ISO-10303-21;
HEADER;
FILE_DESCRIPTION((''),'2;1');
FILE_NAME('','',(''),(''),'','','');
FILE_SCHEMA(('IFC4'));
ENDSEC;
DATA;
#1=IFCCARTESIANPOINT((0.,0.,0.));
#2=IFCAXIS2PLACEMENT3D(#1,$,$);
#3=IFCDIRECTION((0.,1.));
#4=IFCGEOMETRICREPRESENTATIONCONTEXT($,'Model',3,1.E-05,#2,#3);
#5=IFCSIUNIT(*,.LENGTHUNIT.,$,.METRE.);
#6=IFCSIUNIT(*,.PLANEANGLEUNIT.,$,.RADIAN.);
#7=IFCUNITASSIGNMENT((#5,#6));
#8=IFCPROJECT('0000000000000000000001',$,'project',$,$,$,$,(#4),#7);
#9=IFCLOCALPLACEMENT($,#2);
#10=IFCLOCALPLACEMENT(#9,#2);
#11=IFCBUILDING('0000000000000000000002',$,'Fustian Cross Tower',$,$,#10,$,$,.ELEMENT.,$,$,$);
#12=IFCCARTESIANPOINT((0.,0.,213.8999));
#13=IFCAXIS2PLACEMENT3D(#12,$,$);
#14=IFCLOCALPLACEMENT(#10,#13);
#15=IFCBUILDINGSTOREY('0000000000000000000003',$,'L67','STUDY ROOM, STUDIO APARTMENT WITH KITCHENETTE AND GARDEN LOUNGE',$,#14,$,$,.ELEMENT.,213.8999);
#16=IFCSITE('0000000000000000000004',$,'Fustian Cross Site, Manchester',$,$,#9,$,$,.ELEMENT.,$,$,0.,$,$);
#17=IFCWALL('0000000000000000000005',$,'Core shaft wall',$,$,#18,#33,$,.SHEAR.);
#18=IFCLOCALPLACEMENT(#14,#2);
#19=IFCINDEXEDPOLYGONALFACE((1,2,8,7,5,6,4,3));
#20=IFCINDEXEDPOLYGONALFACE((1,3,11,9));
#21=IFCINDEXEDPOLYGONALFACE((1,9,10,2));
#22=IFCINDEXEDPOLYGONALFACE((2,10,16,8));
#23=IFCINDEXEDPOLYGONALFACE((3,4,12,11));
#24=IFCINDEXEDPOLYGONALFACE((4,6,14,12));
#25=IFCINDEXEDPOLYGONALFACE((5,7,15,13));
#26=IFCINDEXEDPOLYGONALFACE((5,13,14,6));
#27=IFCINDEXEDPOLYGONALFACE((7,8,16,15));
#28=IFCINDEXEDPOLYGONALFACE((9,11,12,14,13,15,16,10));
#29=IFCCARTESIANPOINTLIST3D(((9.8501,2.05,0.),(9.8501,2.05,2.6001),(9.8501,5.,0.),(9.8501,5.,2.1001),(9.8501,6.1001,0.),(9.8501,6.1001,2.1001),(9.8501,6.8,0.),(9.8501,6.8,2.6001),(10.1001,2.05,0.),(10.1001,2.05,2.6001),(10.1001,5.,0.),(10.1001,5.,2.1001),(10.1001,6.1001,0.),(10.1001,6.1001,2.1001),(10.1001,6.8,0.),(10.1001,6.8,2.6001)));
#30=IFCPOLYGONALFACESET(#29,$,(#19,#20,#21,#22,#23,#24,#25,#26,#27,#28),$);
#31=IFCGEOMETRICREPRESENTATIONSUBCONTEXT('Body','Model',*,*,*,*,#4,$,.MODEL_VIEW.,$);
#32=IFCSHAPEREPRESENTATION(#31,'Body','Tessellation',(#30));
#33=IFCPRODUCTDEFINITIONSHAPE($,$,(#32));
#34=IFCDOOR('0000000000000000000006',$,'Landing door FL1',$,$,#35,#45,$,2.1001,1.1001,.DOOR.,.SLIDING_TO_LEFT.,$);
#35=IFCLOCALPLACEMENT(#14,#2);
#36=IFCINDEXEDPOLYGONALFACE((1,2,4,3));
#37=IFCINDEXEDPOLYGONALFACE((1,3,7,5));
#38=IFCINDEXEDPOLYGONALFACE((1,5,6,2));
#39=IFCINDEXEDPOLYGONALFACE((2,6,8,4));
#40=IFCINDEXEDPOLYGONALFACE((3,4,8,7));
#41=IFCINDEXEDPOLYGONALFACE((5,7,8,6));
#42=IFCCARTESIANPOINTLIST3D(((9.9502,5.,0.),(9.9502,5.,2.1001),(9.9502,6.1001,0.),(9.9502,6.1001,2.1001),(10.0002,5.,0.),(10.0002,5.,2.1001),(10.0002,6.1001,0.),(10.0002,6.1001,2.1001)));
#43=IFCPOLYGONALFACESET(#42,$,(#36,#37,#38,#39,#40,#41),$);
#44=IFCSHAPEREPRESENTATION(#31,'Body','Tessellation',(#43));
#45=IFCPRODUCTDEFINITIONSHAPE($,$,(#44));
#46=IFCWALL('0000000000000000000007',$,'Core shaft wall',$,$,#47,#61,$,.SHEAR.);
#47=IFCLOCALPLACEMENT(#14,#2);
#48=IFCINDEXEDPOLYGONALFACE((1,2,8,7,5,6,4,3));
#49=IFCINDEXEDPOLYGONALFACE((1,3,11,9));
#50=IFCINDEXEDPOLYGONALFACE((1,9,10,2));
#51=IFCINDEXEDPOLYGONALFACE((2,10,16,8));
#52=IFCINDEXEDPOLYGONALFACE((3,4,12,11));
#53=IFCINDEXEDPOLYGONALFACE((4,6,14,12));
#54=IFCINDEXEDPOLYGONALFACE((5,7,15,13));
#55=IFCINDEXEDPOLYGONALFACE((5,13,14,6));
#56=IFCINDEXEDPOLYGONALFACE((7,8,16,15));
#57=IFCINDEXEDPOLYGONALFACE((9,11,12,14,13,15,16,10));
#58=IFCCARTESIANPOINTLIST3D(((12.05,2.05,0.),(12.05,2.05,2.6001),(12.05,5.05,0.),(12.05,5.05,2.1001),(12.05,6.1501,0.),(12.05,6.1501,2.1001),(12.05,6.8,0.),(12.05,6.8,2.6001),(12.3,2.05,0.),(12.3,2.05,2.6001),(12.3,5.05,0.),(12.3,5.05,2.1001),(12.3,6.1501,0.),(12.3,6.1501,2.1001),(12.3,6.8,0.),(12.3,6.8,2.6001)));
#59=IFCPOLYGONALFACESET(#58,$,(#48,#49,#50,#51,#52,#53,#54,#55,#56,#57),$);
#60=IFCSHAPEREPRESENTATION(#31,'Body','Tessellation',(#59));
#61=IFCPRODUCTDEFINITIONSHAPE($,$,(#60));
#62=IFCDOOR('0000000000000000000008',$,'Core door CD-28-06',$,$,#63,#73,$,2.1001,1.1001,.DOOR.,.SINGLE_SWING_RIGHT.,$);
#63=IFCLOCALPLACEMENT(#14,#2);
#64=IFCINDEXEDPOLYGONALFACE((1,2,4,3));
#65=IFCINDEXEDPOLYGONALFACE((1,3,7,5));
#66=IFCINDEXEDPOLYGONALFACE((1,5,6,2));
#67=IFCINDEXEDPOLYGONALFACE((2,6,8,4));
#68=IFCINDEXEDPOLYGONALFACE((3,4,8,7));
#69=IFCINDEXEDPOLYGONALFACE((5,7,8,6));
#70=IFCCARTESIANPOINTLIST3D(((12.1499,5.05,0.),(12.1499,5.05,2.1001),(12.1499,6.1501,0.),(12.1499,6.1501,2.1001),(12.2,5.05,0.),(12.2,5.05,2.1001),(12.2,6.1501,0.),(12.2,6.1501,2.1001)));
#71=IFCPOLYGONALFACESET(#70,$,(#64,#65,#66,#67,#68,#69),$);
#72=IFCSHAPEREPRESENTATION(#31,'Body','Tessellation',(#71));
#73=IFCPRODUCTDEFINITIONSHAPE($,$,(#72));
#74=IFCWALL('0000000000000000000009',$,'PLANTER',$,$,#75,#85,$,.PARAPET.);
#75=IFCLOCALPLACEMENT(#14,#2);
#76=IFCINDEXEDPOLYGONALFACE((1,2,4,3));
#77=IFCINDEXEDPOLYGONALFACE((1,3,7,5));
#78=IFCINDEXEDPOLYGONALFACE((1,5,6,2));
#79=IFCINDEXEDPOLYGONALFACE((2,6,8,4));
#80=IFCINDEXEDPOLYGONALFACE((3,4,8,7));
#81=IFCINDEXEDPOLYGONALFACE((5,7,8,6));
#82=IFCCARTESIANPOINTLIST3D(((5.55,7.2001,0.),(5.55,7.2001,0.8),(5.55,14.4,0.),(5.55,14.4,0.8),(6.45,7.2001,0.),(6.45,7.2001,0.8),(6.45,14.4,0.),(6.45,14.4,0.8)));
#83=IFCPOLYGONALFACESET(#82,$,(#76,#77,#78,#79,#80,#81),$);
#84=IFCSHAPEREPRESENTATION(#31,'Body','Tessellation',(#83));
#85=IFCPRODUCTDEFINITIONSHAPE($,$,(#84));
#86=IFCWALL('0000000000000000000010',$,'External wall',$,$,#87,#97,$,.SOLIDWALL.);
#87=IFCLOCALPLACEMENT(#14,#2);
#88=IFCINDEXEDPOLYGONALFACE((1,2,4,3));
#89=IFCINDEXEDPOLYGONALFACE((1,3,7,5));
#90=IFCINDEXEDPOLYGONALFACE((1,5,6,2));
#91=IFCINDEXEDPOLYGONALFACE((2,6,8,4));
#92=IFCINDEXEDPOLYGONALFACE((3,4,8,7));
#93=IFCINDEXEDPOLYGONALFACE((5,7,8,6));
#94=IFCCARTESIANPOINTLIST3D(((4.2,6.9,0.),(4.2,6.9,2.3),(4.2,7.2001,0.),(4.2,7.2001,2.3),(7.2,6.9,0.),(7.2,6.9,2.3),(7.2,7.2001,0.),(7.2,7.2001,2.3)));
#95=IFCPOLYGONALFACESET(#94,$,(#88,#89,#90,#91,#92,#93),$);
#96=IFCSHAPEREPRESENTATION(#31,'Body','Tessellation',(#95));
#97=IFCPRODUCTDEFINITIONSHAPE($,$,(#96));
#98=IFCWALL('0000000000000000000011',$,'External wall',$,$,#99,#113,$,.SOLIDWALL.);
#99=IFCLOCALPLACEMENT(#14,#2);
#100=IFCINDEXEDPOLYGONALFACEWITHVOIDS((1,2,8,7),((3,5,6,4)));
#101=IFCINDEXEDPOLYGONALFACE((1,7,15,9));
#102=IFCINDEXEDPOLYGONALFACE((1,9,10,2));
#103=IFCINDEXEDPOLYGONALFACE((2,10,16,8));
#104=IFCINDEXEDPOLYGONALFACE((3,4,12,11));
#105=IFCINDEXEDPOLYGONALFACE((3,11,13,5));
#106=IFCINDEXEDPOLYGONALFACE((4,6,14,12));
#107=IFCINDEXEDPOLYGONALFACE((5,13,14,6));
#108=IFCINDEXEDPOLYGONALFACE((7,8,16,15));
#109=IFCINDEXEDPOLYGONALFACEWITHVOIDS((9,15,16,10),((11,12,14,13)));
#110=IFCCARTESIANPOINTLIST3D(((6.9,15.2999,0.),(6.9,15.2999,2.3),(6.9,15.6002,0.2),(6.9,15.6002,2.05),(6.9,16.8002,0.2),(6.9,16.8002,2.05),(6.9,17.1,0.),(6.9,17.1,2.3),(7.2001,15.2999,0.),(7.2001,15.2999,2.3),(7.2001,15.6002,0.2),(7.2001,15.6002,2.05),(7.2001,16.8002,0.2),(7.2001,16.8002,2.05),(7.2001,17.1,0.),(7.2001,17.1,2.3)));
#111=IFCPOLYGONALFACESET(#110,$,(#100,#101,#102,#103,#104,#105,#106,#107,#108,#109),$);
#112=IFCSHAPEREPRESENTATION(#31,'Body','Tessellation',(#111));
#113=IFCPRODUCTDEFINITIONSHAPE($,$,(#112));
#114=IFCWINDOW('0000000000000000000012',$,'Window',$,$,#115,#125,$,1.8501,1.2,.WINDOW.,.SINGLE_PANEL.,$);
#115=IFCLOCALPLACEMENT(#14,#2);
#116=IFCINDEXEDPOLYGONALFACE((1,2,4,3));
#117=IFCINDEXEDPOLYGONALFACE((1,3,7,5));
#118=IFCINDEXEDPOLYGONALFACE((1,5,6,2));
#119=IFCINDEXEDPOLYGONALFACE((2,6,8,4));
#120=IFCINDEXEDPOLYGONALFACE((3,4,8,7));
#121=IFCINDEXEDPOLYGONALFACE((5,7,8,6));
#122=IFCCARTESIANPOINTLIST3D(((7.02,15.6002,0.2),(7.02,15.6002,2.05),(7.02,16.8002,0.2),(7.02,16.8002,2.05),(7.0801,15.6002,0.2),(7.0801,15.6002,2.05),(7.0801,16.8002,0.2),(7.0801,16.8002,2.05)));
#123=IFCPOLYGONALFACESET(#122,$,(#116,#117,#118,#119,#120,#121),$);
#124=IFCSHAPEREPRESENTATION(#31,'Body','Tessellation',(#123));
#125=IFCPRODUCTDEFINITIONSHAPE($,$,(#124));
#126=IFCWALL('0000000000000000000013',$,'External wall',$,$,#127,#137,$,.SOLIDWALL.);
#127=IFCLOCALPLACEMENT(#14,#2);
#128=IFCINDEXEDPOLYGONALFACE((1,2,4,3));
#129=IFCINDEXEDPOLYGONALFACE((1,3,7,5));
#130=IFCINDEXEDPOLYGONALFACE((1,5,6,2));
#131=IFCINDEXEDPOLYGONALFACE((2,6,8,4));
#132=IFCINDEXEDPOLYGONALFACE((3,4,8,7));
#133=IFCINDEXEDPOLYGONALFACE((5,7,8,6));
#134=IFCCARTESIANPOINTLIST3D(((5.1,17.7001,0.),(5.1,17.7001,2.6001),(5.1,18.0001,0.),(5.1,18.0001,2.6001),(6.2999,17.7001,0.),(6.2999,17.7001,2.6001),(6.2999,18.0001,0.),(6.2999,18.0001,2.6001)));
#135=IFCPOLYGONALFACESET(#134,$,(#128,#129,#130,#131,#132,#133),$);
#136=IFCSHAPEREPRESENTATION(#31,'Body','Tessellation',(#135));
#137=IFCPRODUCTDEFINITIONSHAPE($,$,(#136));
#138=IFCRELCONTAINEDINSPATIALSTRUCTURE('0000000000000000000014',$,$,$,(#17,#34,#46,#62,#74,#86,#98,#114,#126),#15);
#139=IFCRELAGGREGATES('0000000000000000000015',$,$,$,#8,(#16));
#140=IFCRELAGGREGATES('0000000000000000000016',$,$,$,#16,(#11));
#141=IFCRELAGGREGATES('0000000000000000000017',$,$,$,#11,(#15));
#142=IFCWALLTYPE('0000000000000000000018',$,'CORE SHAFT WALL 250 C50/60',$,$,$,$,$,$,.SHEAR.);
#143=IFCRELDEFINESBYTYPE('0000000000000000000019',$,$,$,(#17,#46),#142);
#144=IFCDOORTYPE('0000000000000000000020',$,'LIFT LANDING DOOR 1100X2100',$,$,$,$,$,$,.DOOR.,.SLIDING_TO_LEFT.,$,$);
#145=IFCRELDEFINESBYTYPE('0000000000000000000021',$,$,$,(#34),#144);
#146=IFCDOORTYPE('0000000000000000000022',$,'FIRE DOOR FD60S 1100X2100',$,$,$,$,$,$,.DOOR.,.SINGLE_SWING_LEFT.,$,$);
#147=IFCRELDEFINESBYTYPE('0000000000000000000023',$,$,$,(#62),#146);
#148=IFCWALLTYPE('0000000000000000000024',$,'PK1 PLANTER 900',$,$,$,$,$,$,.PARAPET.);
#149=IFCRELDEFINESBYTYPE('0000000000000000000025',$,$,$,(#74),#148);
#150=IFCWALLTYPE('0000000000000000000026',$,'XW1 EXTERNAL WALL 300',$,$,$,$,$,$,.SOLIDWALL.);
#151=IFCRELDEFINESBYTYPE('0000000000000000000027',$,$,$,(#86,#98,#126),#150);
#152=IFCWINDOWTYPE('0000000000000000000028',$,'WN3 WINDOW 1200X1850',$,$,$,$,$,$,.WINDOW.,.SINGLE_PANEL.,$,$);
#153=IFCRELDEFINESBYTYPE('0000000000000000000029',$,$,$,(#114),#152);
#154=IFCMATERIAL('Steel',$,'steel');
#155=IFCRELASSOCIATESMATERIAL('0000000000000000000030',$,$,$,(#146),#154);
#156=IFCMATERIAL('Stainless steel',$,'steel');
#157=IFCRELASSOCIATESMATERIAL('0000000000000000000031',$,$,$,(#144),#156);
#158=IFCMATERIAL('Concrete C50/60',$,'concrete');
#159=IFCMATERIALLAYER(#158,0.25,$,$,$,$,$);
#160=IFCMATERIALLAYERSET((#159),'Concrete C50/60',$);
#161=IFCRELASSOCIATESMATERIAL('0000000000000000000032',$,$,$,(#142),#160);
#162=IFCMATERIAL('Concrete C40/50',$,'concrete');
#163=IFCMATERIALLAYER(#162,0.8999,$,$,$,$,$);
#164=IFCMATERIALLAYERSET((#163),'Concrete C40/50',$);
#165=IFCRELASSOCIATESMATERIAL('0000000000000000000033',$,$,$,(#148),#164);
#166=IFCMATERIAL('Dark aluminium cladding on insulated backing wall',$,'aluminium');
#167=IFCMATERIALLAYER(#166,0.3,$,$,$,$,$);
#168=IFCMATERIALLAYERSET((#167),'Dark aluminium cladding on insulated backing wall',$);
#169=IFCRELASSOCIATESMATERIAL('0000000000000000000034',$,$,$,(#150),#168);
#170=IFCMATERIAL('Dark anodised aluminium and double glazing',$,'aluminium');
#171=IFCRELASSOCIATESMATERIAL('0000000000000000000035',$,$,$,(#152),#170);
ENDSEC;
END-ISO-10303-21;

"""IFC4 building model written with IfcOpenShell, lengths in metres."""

from ifc_helpers import new_model, si_unit, direction, frame, frame_2d, origin, place, context, subcontext, project, spatial, rectangle, extrude, material, layer, layer_set, type_object, element, fill, save


model = new_model("IFC4")

# Units and contexts
model_context = context("Model", 3, precision=1e-05, world=origin(), true_north=direction((0.0, 1.0)))
body_context = subcontext(model_context, "Body", "Model", "MODEL_VIEW")
ifc_project = project(units=[si_unit("LENGTHUNIT", "METRE"), si_unit("PLANEANGLEUNIT", "RADIAN")], contexts=[model_context])

# Site, building, storey
site_placement = place(None, origin())
site = spatial("IfcSite", under=ifc_project, at=site_placement, Name="Fustian Cross Site, Manchester", CompositionType="ELEMENT", RefElevation=0.0)
building_placement = place(site_placement, origin())
building = spatial("IfcBuilding", under=site, at=building_placement, Name="Fustian Cross Tower", CompositionType="ELEMENT")
storey_placement = place(building_placement, frame((0.0, 0.0, 213.8999)))
storey = spatial("IfcBuildingStorey", under=building, at=storey_placement, Name="L67", Description="STUDY ROOM, STUDIO APARTMENT WITH KITCHENETTE AND GARDEN LOUNGE", CompositionType="ELEMENT", Elevation=213.8999)

# Shared definitions
ifc_material_1 = material(Name="Steel", Category="steel")
door_type_1 = type_object("IfcDoorType", Name="FIRE DOOR FD60S 1100X2100", OperationType="SINGLE_SWING_LEFT", PredefinedType="DOOR", material=ifc_material_1)
ifc_material_2 = material(Name="Stainless steel", Category="steel")
door_type_2 = type_object("IfcDoorType", Name="LIFT LANDING DOOR 1100X2100", OperationType="SLIDING_TO_LEFT", PredefinedType="DOOR", material=ifc_material_2)

# Shared definitions
ifc_material_3 = material(Name="Concrete C50/60", Category="concrete")
ifc_layer_1 = layer(ifc_material_3, 0.25)
ifc_layer_set_1 = layer_set([ifc_layer_1], Name="Concrete C50/60")
wall_type_1 = type_object("IfcWallType", Name="CORE SHAFT WALL 250 C50/60", PredefinedType="SHEAR", material=ifc_layer_set_1)

# Walls, openings, doors
wall_1_placement = place(storey_placement, frame((9.9751, 2.05, 0.0), z_axis=(0.0, 0.0, 1.0), x_axis=(0.0, 1.0, 0.0)))
wall_1 = element("IfcWall", 1, at=wall_1_placement, inside=storey, type_object=wall_type_1, Name="Core shaft wall", PredefinedType="SHEAR", context=body_context, shape_type="SweptSolid", body=[
    extrude(rectangle(XDim=4.75, YDim=0.25, at=frame_2d((2.375, 0.0))), origin(), (0.0, 0.0, 1.0), 2.6001),
])
opening_1_placement = place(wall_1_placement, frame((2.95, 0.0, 0.0)))
opening_1 = element("IfcOpeningElement", 2, at=opening_1_placement, cuts=wall_1, PredefinedType="OPENING", context=body_context, shape_type="SweptSolid", body=[
    extrude(rectangle(XDim=1.1001, YDim=2.1001, at=frame_2d((0.55, 1.05))), frame((0.0, 0.135, 0.0), z_axis=(0.0, -1.0, 0.0), x_axis=(1.0, 0.0, 0.0)), (0.0, 0.0, 1.0), 0.27),
])
door_1_placement = place(opening_1_placement, origin())
door_1 = element("IfcDoor", 3, at=door_1_placement, inside=storey, type_object=door_type_2, Name="Landing door FL1", OperationType="SLIDING_TO_LEFT", OverallHeight=2.1001, OverallWidth=1.1001, PredefinedType="DOOR", context=body_context, shape_type="SweptSolid", body=[
    extrude(rectangle(XDim=1.1001, YDim=2.1001, at=frame_2d((0.55, 1.05))), frame((0.0, 0.0249, 0.0), z_axis=(0.0, -1.0, 0.0), x_axis=(1.0, 0.0, 0.0)), (0.0, 0.0, 1.0), 0.05),
])
fill(opening_1, door_1)
wall_2_placement = place(storey_placement, frame((12.175, 2.05, 0.0), z_axis=(0.0, 0.0, 1.0), x_axis=(0.0, 1.0, 0.0)))
wall_2 = element("IfcWall", 4, at=wall_2_placement, inside=storey, type_object=wall_type_1, Name="Core shaft wall", PredefinedType="SHEAR", context=body_context, shape_type="SweptSolid", body=[
    extrude(rectangle(XDim=4.75, YDim=0.25, at=frame_2d((2.375, 0.0))), origin(), (0.0, 0.0, 1.0), 2.6001),
])
opening_2_placement = place(wall_2_placement, frame((3.0, 0.0, 0.0)))
opening_2 = element("IfcOpeningElement", 5, at=opening_2_placement, cuts=wall_2, PredefinedType="OPENING", context=body_context, shape_type="SweptSolid", body=[
    extrude(rectangle(XDim=1.1001, YDim=2.1001, at=frame_2d((0.55, 1.05))), frame((0.0, 0.135, 0.0), z_axis=(0.0, -1.0, 0.0), x_axis=(1.0, 0.0, 0.0)), (0.0, 0.0, 1.0), 0.27),
])
door_2_placement = place(opening_2_placement, frame((1.1001, 0.0, 0.0), z_axis=(0.0, 0.0, 1.0), x_axis=(-1.0, 0.0, 0.0)))
door_2 = element("IfcDoor", 6, at=door_2_placement, inside=storey, type_object=door_type_1, Name="Core door CD-28-06", OperationType="SINGLE_SWING_RIGHT", OverallHeight=2.1001, OverallWidth=1.1001, PredefinedType="DOOR", context=body_context, shape_type="SweptSolid", body=[
    extrude(rectangle(XDim=1.1001, YDim=2.1001, at=frame_2d((0.55, 1.05))), frame((0.0, 0.0249, 0.0), z_axis=(0.0, -1.0, 0.0), x_axis=(1.0, 0.0, 0.0)), (0.0, 0.0, 1.0), 0.05),
])
fill(opening_2, door_2)

# Walls
ifc_material_4 = material(Name="Concrete C40/50", Category="concrete")
ifc_layer_2 = layer(ifc_material_4, 0.8999)
ifc_layer_set_2 = layer_set([ifc_layer_2], Name="Concrete C40/50")
wall_type_2 = type_object("IfcWallType", Name="PK1 PLANTER 900", PredefinedType="PARAPET", material=ifc_layer_set_2)
wall_3_placement = place(storey_placement, frame((6.0, 7.2, 0.0), z_axis=(0.0, 0.0, 1.0), x_axis=(0.0, 1.0, 0.0)))
element("IfcWall", 7, at=wall_3_placement, inside=storey, type_object=wall_type_2, Name="PLANTER", PredefinedType="PARAPET", context=body_context, shape_type="SweptSolid", body=[
    extrude(rectangle(XDim=7.2, YDim=0.8999, at=frame_2d((3.6001, 0.0))), origin(), (0.0, 0.0, 1.0), 0.8),
])
ifc_material_5 = material(Name="Dark aluminium cladding on insulated backing wall", Category="aluminium")
ifc_layer_3 = layer(ifc_material_5, 0.3)
ifc_layer_set_3 = layer_set([ifc_layer_3], Name="Dark aluminium cladding on insulated backing wall")
wall_type_3 = type_object("IfcWallType", Name="XW1 EXTERNAL WALL 300", PredefinedType="SOLIDWALL", material=ifc_layer_set_3)
wall_4_placement = place(storey_placement, frame((7.2, 7.05, 0.0), z_axis=(0.0, 0.0, 1.0), x_axis=(-1.0, 0.0, 0.0)))
element("IfcWall", 8, at=wall_4_placement, inside=storey, type_object=wall_type_3, Name="External wall", PredefinedType="SOLIDWALL", context=body_context, shape_type="SweptSolid", body=[
    extrude(rectangle(XDim=3.0, YDim=0.3, at=frame_2d((1.5, 0.0))), origin(), (0.0, 0.0, 1.0), 2.3),
])

# Wall, opening, window
wall_5_placement = place(storey_placement, frame((7.05, 15.3, 0.0), z_axis=(0.0, 0.0, 1.0), x_axis=(0.0, 1.0, 0.0)))
wall_5 = element("IfcWall", 9, at=wall_5_placement, inside=storey, type_object=wall_type_3, Name="External wall", PredefinedType="SOLIDWALL", context=body_context, shape_type="SweptSolid", body=[
    extrude(rectangle(XDim=1.8, YDim=0.3, at=frame_2d((0.8999, 0.0))), origin(), (0.0, 0.0, 1.0), 2.3),
])
opening_3_placement = place(wall_5_placement, frame((0.3, 0.0, 0.2)))
opening_3 = element("IfcOpeningElement", 10, at=opening_3_placement, cuts=wall_5, PredefinedType="OPENING", context=body_context, shape_type="SweptSolid", body=[
    extrude(rectangle(XDim=1.2, YDim=1.8501, at=frame_2d((0.6001, 0.925))), frame((0.0, 0.1599, 0.0), z_axis=(0.0, -1.0, 0.0), x_axis=(1.0, 0.0, 0.0)), (0.0, 0.0, 1.0), 0.3201),
])
ifc_material_6 = material(Name="Dark anodised aluminium and double glazing", Category="aluminium")
window_type = type_object("IfcWindowType", Name="WN3 WINDOW 1200X1850", PartitioningType="SINGLE_PANEL", PredefinedType="WINDOW", material=ifc_material_6)
window_placement = place(opening_3_placement, origin())
window = element("IfcWindow", 11, at=window_placement, inside=storey, type_object=window_type, Name="Window", OverallHeight=1.8501, OverallWidth=1.2, PartitioningType="SINGLE_PANEL", PredefinedType="WINDOW", context=body_context, shape_type="SweptSolid", body=[
    extrude(rectangle(XDim=1.2, YDim=1.8501, at=frame_2d((0.6001, 0.925))), frame((0.0, 0.03, 0.0), z_axis=(0.0, -1.0, 0.0), x_axis=(1.0, 0.0, 0.0)), (0.0, 0.0, 1.0), 0.0601),
])
fill(opening_3, window)

# Wall
wall_6_placement = place(storey_placement, frame((6.3, 17.8501, 0.0), z_axis=(0.0, 0.0, 1.0), x_axis=(-1.0, 0.0, 0.0)))
element("IfcWall", 12, at=wall_6_placement, inside=storey, type_object=wall_type_3, Name="External wall", PredefinedType="SOLIDWALL", context=body_context, shape_type="SweptSolid", body=[
    extrude(rectangle(XDim=1.2, YDim=0.3, at=frame_2d((0.6001, 0.0))), origin(), (0.0, 0.0, 1.0), 2.6001),
])

save(model, "model.ifc")
